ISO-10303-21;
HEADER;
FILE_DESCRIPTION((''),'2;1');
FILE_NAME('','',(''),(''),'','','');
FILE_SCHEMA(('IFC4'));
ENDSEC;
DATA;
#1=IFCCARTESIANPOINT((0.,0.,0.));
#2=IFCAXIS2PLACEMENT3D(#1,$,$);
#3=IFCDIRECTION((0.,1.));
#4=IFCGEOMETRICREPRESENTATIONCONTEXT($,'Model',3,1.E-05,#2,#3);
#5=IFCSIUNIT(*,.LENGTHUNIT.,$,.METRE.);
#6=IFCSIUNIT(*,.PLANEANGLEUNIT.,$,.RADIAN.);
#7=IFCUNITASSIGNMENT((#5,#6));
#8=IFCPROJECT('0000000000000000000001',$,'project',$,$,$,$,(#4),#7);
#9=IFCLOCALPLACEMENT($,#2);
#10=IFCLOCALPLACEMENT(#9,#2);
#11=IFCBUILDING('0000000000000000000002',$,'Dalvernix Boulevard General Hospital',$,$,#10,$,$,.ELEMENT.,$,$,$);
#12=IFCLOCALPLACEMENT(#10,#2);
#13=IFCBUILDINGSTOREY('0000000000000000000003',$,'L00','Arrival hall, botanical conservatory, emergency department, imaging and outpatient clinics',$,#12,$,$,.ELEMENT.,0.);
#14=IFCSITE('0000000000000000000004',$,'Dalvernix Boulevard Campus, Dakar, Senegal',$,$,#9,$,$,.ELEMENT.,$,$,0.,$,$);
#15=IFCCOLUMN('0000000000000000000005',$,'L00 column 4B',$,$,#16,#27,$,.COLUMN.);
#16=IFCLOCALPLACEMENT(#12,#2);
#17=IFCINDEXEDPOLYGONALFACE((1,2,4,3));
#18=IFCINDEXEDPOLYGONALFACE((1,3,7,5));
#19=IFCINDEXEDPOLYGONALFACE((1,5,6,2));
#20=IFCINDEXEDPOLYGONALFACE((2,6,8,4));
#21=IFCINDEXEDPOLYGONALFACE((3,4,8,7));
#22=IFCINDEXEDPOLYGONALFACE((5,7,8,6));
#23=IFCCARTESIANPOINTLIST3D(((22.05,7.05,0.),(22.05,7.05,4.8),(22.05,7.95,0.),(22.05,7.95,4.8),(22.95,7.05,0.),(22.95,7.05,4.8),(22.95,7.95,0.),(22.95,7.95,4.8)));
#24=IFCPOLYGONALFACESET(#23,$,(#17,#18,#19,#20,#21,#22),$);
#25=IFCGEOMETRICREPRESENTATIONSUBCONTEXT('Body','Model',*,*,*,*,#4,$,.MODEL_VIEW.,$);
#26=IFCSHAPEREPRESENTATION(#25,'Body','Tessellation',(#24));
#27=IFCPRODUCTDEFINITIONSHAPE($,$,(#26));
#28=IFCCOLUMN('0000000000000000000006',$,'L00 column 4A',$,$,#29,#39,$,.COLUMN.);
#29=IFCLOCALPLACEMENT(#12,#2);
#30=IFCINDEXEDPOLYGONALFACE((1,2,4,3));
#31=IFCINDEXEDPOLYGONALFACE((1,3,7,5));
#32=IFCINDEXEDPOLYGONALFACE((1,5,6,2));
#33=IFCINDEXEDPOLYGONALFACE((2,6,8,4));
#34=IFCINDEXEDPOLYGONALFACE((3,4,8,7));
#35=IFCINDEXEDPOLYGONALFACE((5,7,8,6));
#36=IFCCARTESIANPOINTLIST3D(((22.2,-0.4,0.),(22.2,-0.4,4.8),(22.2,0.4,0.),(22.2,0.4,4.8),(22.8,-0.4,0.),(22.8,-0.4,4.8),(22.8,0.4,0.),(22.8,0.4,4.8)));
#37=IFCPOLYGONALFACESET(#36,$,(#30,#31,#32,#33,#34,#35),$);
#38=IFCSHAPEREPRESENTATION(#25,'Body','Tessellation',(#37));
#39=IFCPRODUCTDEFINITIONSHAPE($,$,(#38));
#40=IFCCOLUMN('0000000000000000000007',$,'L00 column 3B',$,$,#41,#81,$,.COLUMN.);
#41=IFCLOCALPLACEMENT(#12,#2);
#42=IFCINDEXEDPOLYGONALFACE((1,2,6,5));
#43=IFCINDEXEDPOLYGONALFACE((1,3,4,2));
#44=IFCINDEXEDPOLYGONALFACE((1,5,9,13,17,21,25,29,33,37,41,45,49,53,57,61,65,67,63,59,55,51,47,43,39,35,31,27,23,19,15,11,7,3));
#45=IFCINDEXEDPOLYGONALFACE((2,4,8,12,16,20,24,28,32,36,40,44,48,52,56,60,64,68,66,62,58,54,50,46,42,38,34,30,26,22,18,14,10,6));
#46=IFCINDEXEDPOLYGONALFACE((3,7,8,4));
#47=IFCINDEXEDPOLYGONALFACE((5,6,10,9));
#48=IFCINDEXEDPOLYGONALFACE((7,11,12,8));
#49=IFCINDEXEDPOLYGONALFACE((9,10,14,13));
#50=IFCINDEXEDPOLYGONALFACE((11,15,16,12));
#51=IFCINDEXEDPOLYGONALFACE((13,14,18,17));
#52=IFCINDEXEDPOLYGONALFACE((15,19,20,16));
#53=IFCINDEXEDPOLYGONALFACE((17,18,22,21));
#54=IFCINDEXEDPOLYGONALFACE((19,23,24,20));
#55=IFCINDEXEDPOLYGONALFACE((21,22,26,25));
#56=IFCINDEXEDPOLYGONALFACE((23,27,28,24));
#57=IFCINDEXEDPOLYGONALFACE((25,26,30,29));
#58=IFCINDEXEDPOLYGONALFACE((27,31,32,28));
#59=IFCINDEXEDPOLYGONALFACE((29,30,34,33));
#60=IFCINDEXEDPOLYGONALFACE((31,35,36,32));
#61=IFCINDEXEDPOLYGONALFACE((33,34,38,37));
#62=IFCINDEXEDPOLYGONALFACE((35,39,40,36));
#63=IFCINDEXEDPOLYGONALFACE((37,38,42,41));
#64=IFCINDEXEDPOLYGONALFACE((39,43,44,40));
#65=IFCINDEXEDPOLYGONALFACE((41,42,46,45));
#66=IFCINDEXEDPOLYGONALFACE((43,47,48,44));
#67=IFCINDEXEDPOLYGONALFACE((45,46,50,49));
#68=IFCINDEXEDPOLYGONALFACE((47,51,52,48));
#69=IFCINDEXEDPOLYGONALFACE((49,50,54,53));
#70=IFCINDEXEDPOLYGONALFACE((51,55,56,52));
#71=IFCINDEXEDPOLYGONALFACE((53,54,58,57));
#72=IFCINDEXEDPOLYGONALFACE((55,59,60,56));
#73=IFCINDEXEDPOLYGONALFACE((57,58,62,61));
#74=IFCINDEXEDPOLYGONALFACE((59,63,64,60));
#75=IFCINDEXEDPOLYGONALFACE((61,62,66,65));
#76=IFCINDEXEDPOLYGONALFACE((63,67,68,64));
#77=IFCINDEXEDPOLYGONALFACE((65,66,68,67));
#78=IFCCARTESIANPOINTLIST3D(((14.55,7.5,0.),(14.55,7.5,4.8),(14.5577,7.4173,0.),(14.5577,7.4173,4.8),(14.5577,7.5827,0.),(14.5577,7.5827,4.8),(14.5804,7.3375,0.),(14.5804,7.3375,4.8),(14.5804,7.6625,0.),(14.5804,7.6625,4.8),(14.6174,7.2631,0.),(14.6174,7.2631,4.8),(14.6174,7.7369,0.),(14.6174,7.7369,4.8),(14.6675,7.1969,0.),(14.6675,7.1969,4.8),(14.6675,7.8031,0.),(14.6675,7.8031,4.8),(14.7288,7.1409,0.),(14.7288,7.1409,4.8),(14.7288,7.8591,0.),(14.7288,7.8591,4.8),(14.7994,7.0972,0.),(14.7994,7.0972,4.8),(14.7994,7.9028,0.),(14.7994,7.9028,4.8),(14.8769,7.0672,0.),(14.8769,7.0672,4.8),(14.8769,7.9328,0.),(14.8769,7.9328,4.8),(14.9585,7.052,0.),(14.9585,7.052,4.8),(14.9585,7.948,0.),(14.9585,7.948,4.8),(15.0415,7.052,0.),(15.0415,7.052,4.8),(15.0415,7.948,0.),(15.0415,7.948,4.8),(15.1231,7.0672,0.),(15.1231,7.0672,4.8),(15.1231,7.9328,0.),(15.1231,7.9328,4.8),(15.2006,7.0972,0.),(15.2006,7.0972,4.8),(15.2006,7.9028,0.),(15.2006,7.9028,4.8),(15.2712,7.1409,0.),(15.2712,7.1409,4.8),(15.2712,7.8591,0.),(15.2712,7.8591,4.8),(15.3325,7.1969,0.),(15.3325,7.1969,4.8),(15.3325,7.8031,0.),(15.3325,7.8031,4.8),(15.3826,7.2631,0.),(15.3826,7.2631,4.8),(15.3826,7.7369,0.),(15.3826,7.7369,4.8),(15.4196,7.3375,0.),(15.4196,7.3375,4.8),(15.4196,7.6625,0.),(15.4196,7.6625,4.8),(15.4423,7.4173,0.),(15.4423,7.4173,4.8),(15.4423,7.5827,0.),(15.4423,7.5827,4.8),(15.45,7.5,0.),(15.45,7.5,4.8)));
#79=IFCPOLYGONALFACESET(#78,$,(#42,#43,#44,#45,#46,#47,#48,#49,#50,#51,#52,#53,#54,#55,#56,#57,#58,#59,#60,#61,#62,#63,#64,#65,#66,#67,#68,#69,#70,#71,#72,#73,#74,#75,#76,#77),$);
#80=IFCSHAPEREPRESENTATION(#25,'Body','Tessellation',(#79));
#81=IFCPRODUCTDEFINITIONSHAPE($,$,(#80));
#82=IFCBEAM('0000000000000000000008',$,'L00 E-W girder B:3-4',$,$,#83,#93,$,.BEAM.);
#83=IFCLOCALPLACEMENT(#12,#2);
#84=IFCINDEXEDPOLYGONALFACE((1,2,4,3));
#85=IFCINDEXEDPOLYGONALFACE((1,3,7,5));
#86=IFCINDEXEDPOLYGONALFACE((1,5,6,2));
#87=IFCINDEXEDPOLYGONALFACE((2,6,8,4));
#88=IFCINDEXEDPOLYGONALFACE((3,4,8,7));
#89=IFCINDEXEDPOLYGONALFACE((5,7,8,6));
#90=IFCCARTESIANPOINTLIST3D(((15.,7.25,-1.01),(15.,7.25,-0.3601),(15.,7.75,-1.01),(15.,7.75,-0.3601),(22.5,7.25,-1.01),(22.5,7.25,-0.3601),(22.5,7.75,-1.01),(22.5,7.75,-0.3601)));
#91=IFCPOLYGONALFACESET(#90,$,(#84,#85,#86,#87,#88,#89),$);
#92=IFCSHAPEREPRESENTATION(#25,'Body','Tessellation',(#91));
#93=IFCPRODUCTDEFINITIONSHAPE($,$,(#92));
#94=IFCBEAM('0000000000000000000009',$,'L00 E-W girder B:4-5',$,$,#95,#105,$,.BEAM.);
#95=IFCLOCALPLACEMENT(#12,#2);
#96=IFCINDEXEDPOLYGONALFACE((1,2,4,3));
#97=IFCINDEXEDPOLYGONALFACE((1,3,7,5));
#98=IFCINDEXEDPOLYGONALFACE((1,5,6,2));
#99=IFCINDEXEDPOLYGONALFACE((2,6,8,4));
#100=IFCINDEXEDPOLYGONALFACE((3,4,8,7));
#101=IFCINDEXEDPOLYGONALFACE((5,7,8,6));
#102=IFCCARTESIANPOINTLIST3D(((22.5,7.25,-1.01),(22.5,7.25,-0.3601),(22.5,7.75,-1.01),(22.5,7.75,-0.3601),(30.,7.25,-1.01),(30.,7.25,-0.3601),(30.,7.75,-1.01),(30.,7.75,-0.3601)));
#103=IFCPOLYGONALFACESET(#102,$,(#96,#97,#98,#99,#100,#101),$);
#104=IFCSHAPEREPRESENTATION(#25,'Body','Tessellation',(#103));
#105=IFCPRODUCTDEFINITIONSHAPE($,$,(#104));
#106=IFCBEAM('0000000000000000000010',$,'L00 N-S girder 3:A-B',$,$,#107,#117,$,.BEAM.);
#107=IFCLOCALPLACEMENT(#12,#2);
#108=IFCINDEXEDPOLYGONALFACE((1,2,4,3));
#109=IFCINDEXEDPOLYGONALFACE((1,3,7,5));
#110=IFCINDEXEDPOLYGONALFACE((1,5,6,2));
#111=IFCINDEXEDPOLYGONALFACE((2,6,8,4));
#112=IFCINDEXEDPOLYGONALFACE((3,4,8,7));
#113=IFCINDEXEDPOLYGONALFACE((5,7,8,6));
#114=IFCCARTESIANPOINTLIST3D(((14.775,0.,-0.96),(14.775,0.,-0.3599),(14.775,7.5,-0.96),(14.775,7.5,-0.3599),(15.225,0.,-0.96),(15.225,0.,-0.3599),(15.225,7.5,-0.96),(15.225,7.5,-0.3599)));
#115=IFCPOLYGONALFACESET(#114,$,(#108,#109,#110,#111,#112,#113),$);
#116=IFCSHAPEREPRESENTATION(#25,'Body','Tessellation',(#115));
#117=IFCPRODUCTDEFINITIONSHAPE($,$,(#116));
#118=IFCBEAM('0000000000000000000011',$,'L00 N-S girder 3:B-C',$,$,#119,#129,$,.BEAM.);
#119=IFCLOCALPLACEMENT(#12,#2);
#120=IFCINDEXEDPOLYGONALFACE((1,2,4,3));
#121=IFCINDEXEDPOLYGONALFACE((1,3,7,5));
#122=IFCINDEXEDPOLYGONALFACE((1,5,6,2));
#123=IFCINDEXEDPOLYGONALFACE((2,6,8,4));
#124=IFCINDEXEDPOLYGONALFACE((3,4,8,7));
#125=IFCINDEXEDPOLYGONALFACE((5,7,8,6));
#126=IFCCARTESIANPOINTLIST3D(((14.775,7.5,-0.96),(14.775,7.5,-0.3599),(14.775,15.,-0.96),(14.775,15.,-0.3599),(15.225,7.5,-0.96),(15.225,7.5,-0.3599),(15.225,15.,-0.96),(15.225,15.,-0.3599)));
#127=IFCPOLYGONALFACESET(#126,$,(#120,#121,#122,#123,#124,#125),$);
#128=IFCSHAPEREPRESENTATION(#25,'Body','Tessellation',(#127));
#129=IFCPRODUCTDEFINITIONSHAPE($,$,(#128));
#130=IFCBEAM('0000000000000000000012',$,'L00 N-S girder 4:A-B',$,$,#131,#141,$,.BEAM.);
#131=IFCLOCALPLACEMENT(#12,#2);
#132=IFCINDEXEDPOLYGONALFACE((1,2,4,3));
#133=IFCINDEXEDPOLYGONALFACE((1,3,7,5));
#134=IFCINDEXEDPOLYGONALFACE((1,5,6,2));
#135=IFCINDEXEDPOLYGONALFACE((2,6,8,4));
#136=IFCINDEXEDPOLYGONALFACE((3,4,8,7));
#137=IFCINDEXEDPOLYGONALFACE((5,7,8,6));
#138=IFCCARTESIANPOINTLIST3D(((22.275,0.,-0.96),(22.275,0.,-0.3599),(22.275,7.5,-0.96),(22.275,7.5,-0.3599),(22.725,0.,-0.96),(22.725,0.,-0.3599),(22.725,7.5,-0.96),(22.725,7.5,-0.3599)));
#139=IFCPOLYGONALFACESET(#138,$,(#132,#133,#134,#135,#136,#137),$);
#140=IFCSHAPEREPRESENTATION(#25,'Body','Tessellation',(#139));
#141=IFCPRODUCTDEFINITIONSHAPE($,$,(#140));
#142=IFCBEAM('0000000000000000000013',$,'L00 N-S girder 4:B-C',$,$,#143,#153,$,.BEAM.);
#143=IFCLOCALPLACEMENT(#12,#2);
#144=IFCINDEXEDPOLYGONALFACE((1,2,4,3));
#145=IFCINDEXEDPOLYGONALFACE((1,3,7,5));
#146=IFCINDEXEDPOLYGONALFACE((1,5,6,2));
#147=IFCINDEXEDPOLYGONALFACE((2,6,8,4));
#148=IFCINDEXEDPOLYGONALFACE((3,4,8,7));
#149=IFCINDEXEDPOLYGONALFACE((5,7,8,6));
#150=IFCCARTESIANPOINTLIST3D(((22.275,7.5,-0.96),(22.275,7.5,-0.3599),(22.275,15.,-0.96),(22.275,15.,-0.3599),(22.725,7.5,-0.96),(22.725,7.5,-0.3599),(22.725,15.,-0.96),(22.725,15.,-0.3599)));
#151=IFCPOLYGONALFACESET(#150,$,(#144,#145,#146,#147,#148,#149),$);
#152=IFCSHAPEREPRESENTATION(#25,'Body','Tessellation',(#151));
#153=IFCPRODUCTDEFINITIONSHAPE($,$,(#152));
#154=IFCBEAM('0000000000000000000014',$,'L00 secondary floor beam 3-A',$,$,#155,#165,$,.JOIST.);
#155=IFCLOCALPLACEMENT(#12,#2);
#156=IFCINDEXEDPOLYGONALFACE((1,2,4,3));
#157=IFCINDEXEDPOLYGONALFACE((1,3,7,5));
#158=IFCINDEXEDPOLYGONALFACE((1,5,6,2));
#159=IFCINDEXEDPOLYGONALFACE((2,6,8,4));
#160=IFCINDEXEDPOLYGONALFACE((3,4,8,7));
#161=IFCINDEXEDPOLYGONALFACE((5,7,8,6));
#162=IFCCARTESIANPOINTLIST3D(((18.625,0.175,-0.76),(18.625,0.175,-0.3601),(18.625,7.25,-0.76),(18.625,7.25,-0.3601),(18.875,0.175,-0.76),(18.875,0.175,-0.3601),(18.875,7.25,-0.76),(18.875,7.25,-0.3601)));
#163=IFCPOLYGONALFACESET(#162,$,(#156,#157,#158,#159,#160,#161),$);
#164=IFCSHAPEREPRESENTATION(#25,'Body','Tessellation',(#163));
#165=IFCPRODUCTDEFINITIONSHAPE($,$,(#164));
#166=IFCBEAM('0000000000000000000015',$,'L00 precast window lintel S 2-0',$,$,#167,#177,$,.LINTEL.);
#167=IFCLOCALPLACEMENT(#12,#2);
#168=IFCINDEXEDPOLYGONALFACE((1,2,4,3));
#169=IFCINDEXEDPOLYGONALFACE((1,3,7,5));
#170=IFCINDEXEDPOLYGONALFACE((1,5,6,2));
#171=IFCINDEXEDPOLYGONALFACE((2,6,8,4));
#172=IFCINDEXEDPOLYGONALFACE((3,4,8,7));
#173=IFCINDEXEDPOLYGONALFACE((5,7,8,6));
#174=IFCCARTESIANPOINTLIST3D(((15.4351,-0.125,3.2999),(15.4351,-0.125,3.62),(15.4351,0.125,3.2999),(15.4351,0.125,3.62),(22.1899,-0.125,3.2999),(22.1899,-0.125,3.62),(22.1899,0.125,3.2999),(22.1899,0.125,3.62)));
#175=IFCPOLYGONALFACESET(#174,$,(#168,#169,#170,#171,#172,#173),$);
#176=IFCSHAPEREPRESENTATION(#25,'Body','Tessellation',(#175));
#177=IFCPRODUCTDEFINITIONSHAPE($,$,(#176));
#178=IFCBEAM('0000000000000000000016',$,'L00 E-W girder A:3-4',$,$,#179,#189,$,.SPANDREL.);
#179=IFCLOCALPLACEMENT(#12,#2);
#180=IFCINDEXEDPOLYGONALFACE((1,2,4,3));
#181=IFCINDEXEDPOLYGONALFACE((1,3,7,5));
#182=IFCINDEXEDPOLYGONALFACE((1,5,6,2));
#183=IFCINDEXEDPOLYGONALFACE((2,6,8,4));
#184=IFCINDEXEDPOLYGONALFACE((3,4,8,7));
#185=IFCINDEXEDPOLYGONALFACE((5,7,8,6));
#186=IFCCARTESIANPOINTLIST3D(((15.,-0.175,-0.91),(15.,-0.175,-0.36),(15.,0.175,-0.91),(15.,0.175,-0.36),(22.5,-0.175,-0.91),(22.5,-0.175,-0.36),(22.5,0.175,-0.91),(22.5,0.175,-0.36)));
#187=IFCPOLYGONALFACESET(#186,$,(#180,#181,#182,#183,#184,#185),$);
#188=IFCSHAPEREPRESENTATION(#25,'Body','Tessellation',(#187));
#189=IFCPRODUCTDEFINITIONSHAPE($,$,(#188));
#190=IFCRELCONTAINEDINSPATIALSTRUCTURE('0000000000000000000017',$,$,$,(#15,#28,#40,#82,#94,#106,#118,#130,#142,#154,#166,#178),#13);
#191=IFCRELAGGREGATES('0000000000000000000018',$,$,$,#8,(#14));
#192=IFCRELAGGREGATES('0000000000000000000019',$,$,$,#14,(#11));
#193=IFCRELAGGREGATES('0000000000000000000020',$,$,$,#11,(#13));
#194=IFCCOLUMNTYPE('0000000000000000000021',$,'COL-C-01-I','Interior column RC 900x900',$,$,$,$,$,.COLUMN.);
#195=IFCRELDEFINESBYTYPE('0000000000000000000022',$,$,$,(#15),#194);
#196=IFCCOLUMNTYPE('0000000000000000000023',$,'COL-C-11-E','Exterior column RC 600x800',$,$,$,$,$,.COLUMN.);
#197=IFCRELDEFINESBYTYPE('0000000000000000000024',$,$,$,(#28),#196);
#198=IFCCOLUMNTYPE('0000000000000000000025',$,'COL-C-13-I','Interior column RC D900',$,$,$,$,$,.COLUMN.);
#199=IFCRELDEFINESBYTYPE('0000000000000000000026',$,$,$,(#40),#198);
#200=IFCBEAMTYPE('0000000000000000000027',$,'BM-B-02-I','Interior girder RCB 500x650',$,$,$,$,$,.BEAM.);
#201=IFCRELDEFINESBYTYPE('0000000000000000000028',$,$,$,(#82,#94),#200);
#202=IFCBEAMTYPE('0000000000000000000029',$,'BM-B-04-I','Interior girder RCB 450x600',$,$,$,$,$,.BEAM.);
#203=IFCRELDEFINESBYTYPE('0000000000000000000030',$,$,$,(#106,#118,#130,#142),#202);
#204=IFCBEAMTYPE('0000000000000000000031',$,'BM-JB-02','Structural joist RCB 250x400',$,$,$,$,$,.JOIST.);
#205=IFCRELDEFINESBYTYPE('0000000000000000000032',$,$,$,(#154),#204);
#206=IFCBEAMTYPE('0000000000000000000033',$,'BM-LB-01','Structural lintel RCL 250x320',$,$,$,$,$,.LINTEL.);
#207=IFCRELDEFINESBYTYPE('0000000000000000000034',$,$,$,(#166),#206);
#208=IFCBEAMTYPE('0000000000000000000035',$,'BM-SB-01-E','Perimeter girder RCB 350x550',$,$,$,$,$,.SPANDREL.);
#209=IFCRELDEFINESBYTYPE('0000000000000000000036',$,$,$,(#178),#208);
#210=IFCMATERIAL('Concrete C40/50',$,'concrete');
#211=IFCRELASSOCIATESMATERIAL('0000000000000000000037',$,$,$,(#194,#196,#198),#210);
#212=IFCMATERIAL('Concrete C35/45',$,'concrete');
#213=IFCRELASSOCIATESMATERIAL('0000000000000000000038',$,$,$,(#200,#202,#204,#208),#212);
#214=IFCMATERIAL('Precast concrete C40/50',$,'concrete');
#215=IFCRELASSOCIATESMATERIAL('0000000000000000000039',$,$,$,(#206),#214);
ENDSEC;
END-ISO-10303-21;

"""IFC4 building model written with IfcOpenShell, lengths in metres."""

from ifc_helpers import new_model, si_unit, direction, frame, origin, origin_2d, place, context, subcontext, project, spatial, rectangle, circle, extrude, material, material_profile, profile_set, type_object, element, save


model = new_model("IFC4")

# Units and contexts
model_context = context("Model", 3, precision=1e-05, world=origin(), true_north=direction((0.0, 1.0)))
body_context = subcontext(model_context, "Body", "Model", "MODEL_VIEW")
ifc_project = project(units=[si_unit("LENGTHUNIT", "METRE"), si_unit("PLANEANGLEUNIT", "RADIAN")], contexts=[model_context])

# Site, building, storey
site_placement = place(None, origin())
site = spatial("IfcSite", under=ifc_project, at=site_placement, Name="Dalvernix Boulevard Campus, Dakar, Senegal", CompositionType="ELEMENT", RefElevation=0.0)
building_placement = place(site_placement, origin())
building = spatial("IfcBuilding", under=site, at=building_placement, Name="Dalvernix Boulevard General Hospital", CompositionType="ELEMENT")
storey_placement = place(building_placement, origin())
storey = spatial("IfcBuildingStorey", under=building, at=storey_placement, Name="L00", Description="Arrival hall, botanical conservatory, emergency department, imaging and outpatient clinics", CompositionType="ELEMENT", Elevation=0.0)

# Columns
ifc_material_1 = material(Name="Concrete C40/50", Category="concrete")
ifc_material_profile_1 = material_profile(ifc_material_1, rectangle(XDim=0.8999, YDim=0.8999, at=origin_2d()), Name="RC 900x900")
ifc_profile_set_1 = profile_set([ifc_material_profile_1], Name="Concrete C40/50")
column_type_1 = type_object("IfcColumnType", Name="COL-C-01-I", Description="Interior column RC 900x900", PredefinedType="COLUMN", material=ifc_profile_set_1)
column_1_placement = place(storey_placement, frame((22.5, 7.5, 0.0), z_axis=(0.0, 0.0, 1.0), x_axis=(1.0, 0.0, 0.0)))
element("IfcColumn", 1, at=column_1_placement, inside=storey, type_object=column_type_1, Name="L00 column 4B", PredefinedType="COLUMN", context=body_context, shape_type="SweptSolid", body=[
    extrude(rectangle(XDim=0.8999, YDim=0.8999, at=origin_2d()), origin(), (0.0, 0.0, 1.0), 4.8),
])
ifc_material_profile_2 = material_profile(ifc_material_1, rectangle(XDim=0.6001, YDim=0.8, at=origin_2d()), Name="RC 600x800")
ifc_profile_set_2 = profile_set([ifc_material_profile_2], Name="Concrete C40/50")
column_type_2 = type_object("IfcColumnType", Name="COL-C-11-E", Description="Exterior column RC 600x800", PredefinedType="COLUMN", material=ifc_profile_set_2)
column_2_placement = place(storey_placement, frame((22.5, 0.0, 0.0), z_axis=(0.0, 0.0, 1.0), x_axis=(1.0, 0.0, 0.0)))
element("IfcColumn", 2, at=column_2_placement, inside=storey, type_object=column_type_2, Name="L00 column 4A", PredefinedType="COLUMN", context=body_context, shape_type="SweptSolid", body=[
    extrude(rectangle(XDim=0.6001, YDim=0.8, at=origin_2d()), origin(), (0.0, 0.0, 1.0), 4.8),
])
ifc_material_profile_3 = material_profile(ifc_material_1, circle(Radius=0.45, at=origin_2d()), Name="RC D900")
ifc_profile_set_3 = profile_set([ifc_material_profile_3], Name="Concrete C40/50")
column_type_3 = type_object("IfcColumnType", Name="COL-C-13-I", Description="Interior column RC D900", PredefinedType="COLUMN", material=ifc_profile_set_3)
column_3_placement = place(storey_placement, frame((15.0, 7.5, 0.0), z_axis=(0.0, 0.0, 1.0), x_axis=(1.0, 0.0, 0.0)))
element("IfcColumn", 3, at=column_3_placement, inside=storey, type_object=column_type_3, Name="L00 column 3B", PredefinedType="COLUMN", context=body_context, shape_type="SweptSolid", body=[
    extrude(circle(Radius=0.45, at=origin_2d()), origin(), (0.0, 0.0, 1.0), 4.8),
])

# Beams
ifc_material_2 = material(Name="Concrete C35/45", Category="concrete")
ifc_material_profile_4 = material_profile(ifc_material_2, rectangle(XDim=0.5, YDim=0.6499, at=origin_2d()), Name="RCB 500x650")
ifc_profile_set_4 = profile_set([ifc_material_profile_4], Name="Concrete C35/45")
beam_type_1 = type_object("IfcBeamType", Name="BM-B-02-I", Description="Interior girder RCB 500x650", PredefinedType="BEAM", material=ifc_profile_set_4)
for number, where, z_axis, x_axis, name in (
    (4, (15.0, 7.5, -0.6851), (1.0, 0.0, 0.0), (0.0, 1.0, 0.0), "L00 E-W girder B:3-4"),
    (5, (22.5, 7.5, -0.6851), (1.0, 0.0, 0.0), (0.0, 1.0, 0.0), "L00 E-W girder B:4-5"),
):
    element("IfcBeam", number, at=place(storey_placement, frame(where, z_axis=z_axis, x_axis=x_axis)), inside=storey, type_object=beam_type_1, Name=name, PredefinedType="BEAM", context=body_context, shape_type="SweptSolid", body=[
        extrude(rectangle(XDim=0.5, YDim=0.6499, at=origin_2d()), origin(), (0.0, 0.0, 1.0), 7.5),
    ])
ifc_material_profile_5 = material_profile(ifc_material_2, rectangle(XDim=0.45, YDim=0.6001, at=origin_2d()), Name="RCB 450x600")
ifc_profile_set_5 = profile_set([ifc_material_profile_5], Name="Concrete C35/45")
beam_type_2 = type_object("IfcBeamType", Name="BM-B-04-I", Description="Interior girder RCB 450x600", PredefinedType="BEAM", material=ifc_profile_set_5)
for number, where, z_axis, x_axis, name in (
    (6, (15.0, 0.0, -0.6599), (0.0, 1.0, 0.0), (-1.0, 0.0, 0.0), "L00 N-S girder 3:A-B"),
    (7, (15.0, 7.5, -0.6599), (0.0, 1.0, 0.0), (-1.0, 0.0, 0.0), "L00 N-S girder 3:B-C"),
    (8, (22.5, 0.0, -0.6599), (0.0, 1.0, 0.0), (-1.0, 0.0, 0.0), "L00 N-S girder 4:A-B"),
    (9, (22.5, 7.5, -0.6599), (0.0, 1.0, 0.0), (-1.0, 0.0, 0.0), "L00 N-S girder 4:B-C"),
):
    element("IfcBeam", number, at=place(storey_placement, frame(where, z_axis=z_axis, x_axis=x_axis)), inside=storey, type_object=beam_type_2, Name=name, PredefinedType="BEAM", context=body_context, shape_type="SweptSolid", body=[
        extrude(rectangle(XDim=0.45, YDim=0.6001, at=origin_2d()), origin(), (0.0, 0.0, 1.0), 7.5),
    ])
ifc_material_profile_6 = material_profile(ifc_material_2, rectangle(XDim=0.25, YDim=0.3999, at=origin_2d()), Name="RCB 250x400")
ifc_profile_set_6 = profile_set([ifc_material_profile_6], Name="Concrete C35/45")
beam_type_3 = type_object("IfcBeamType", Name="BM-JB-02", Description="Structural joist RCB 250x400", PredefinedType="JOIST", material=ifc_profile_set_6)
beam_1_placement = place(storey_placement, frame((18.75, 0.175, -0.5601), z_axis=(0.0, 1.0, 0.0), x_axis=(-1.0, 0.0, 0.0)))
element("IfcBeam", 10, at=beam_1_placement, inside=storey, type_object=beam_type_3, Name="L00 secondary floor beam 3-A", PredefinedType="JOIST", context=body_context, shape_type="SweptSolid", body=[
    extrude(rectangle(XDim=0.25, YDim=0.3999, at=origin_2d()), origin(), (0.0, 0.0, 1.0), 7.075),
])
ifc_material_3 = material(Name="Precast concrete C40/50", Category="concrete")
ifc_material_profile_7 = material_profile(ifc_material_3, rectangle(XDim=0.25, YDim=0.3201, at=origin_2d()), Name="RCL 250x320")
ifc_profile_set_7 = profile_set([ifc_material_profile_7], Name="Precast concrete C40/50")
beam_type_4 = type_object("IfcBeamType", Name="BM-LB-01", Description="Structural lintel RCL 250x320", PredefinedType="LINTEL", material=ifc_profile_set_7)
beam_2_placement = place(storey_placement, frame((22.1899, 0.0, 3.46), z_axis=(-1.0, 0.0, 0.0), x_axis=(0.0, -1.0, 0.0)))
element("IfcBeam", 11, at=beam_2_placement, inside=storey, type_object=beam_type_4, Name="L00 precast window lintel S 2-0", PredefinedType="LINTEL", context=body_context, shape_type="SweptSolid", body=[
    extrude(rectangle(XDim=0.25, YDim=0.3201, at=origin_2d()), origin(), (0.0, 0.0, 1.0), 6.7549),
])
ifc_material_profile_8 = material_profile(ifc_material_2, rectangle(XDim=0.3501, YDim=0.55, at=origin_2d()), Name="RCB 350x550")
ifc_profile_set_8 = profile_set([ifc_material_profile_8], Name="Concrete C35/45")
beam_type_5 = type_object("IfcBeamType", Name="BM-SB-01-E", Description="Perimeter girder RCB 350x550", PredefinedType="SPANDREL", material=ifc_profile_set_8)
for number, where, z_axis, x_axis, name in (
    (12, (15.0, 0.0, -0.635), (1.0, 0.0, 0.0), (0.0, 1.0, 0.0), "L00 E-W girder A:3-4"),
):
    element("IfcBeam", number, at=place(storey_placement, frame(where, z_axis=z_axis, x_axis=x_axis)), inside=storey, type_object=beam_type_5, Name=name, PredefinedType="SPANDREL", context=body_context, shape_type="SweptSolid", body=[
        extrude(rectangle(XDim=0.3501, YDim=0.55, at=origin_2d()), origin(), (0.0, 0.0, 1.0), 7.5),
    ])

save(model, "model.ifc")
